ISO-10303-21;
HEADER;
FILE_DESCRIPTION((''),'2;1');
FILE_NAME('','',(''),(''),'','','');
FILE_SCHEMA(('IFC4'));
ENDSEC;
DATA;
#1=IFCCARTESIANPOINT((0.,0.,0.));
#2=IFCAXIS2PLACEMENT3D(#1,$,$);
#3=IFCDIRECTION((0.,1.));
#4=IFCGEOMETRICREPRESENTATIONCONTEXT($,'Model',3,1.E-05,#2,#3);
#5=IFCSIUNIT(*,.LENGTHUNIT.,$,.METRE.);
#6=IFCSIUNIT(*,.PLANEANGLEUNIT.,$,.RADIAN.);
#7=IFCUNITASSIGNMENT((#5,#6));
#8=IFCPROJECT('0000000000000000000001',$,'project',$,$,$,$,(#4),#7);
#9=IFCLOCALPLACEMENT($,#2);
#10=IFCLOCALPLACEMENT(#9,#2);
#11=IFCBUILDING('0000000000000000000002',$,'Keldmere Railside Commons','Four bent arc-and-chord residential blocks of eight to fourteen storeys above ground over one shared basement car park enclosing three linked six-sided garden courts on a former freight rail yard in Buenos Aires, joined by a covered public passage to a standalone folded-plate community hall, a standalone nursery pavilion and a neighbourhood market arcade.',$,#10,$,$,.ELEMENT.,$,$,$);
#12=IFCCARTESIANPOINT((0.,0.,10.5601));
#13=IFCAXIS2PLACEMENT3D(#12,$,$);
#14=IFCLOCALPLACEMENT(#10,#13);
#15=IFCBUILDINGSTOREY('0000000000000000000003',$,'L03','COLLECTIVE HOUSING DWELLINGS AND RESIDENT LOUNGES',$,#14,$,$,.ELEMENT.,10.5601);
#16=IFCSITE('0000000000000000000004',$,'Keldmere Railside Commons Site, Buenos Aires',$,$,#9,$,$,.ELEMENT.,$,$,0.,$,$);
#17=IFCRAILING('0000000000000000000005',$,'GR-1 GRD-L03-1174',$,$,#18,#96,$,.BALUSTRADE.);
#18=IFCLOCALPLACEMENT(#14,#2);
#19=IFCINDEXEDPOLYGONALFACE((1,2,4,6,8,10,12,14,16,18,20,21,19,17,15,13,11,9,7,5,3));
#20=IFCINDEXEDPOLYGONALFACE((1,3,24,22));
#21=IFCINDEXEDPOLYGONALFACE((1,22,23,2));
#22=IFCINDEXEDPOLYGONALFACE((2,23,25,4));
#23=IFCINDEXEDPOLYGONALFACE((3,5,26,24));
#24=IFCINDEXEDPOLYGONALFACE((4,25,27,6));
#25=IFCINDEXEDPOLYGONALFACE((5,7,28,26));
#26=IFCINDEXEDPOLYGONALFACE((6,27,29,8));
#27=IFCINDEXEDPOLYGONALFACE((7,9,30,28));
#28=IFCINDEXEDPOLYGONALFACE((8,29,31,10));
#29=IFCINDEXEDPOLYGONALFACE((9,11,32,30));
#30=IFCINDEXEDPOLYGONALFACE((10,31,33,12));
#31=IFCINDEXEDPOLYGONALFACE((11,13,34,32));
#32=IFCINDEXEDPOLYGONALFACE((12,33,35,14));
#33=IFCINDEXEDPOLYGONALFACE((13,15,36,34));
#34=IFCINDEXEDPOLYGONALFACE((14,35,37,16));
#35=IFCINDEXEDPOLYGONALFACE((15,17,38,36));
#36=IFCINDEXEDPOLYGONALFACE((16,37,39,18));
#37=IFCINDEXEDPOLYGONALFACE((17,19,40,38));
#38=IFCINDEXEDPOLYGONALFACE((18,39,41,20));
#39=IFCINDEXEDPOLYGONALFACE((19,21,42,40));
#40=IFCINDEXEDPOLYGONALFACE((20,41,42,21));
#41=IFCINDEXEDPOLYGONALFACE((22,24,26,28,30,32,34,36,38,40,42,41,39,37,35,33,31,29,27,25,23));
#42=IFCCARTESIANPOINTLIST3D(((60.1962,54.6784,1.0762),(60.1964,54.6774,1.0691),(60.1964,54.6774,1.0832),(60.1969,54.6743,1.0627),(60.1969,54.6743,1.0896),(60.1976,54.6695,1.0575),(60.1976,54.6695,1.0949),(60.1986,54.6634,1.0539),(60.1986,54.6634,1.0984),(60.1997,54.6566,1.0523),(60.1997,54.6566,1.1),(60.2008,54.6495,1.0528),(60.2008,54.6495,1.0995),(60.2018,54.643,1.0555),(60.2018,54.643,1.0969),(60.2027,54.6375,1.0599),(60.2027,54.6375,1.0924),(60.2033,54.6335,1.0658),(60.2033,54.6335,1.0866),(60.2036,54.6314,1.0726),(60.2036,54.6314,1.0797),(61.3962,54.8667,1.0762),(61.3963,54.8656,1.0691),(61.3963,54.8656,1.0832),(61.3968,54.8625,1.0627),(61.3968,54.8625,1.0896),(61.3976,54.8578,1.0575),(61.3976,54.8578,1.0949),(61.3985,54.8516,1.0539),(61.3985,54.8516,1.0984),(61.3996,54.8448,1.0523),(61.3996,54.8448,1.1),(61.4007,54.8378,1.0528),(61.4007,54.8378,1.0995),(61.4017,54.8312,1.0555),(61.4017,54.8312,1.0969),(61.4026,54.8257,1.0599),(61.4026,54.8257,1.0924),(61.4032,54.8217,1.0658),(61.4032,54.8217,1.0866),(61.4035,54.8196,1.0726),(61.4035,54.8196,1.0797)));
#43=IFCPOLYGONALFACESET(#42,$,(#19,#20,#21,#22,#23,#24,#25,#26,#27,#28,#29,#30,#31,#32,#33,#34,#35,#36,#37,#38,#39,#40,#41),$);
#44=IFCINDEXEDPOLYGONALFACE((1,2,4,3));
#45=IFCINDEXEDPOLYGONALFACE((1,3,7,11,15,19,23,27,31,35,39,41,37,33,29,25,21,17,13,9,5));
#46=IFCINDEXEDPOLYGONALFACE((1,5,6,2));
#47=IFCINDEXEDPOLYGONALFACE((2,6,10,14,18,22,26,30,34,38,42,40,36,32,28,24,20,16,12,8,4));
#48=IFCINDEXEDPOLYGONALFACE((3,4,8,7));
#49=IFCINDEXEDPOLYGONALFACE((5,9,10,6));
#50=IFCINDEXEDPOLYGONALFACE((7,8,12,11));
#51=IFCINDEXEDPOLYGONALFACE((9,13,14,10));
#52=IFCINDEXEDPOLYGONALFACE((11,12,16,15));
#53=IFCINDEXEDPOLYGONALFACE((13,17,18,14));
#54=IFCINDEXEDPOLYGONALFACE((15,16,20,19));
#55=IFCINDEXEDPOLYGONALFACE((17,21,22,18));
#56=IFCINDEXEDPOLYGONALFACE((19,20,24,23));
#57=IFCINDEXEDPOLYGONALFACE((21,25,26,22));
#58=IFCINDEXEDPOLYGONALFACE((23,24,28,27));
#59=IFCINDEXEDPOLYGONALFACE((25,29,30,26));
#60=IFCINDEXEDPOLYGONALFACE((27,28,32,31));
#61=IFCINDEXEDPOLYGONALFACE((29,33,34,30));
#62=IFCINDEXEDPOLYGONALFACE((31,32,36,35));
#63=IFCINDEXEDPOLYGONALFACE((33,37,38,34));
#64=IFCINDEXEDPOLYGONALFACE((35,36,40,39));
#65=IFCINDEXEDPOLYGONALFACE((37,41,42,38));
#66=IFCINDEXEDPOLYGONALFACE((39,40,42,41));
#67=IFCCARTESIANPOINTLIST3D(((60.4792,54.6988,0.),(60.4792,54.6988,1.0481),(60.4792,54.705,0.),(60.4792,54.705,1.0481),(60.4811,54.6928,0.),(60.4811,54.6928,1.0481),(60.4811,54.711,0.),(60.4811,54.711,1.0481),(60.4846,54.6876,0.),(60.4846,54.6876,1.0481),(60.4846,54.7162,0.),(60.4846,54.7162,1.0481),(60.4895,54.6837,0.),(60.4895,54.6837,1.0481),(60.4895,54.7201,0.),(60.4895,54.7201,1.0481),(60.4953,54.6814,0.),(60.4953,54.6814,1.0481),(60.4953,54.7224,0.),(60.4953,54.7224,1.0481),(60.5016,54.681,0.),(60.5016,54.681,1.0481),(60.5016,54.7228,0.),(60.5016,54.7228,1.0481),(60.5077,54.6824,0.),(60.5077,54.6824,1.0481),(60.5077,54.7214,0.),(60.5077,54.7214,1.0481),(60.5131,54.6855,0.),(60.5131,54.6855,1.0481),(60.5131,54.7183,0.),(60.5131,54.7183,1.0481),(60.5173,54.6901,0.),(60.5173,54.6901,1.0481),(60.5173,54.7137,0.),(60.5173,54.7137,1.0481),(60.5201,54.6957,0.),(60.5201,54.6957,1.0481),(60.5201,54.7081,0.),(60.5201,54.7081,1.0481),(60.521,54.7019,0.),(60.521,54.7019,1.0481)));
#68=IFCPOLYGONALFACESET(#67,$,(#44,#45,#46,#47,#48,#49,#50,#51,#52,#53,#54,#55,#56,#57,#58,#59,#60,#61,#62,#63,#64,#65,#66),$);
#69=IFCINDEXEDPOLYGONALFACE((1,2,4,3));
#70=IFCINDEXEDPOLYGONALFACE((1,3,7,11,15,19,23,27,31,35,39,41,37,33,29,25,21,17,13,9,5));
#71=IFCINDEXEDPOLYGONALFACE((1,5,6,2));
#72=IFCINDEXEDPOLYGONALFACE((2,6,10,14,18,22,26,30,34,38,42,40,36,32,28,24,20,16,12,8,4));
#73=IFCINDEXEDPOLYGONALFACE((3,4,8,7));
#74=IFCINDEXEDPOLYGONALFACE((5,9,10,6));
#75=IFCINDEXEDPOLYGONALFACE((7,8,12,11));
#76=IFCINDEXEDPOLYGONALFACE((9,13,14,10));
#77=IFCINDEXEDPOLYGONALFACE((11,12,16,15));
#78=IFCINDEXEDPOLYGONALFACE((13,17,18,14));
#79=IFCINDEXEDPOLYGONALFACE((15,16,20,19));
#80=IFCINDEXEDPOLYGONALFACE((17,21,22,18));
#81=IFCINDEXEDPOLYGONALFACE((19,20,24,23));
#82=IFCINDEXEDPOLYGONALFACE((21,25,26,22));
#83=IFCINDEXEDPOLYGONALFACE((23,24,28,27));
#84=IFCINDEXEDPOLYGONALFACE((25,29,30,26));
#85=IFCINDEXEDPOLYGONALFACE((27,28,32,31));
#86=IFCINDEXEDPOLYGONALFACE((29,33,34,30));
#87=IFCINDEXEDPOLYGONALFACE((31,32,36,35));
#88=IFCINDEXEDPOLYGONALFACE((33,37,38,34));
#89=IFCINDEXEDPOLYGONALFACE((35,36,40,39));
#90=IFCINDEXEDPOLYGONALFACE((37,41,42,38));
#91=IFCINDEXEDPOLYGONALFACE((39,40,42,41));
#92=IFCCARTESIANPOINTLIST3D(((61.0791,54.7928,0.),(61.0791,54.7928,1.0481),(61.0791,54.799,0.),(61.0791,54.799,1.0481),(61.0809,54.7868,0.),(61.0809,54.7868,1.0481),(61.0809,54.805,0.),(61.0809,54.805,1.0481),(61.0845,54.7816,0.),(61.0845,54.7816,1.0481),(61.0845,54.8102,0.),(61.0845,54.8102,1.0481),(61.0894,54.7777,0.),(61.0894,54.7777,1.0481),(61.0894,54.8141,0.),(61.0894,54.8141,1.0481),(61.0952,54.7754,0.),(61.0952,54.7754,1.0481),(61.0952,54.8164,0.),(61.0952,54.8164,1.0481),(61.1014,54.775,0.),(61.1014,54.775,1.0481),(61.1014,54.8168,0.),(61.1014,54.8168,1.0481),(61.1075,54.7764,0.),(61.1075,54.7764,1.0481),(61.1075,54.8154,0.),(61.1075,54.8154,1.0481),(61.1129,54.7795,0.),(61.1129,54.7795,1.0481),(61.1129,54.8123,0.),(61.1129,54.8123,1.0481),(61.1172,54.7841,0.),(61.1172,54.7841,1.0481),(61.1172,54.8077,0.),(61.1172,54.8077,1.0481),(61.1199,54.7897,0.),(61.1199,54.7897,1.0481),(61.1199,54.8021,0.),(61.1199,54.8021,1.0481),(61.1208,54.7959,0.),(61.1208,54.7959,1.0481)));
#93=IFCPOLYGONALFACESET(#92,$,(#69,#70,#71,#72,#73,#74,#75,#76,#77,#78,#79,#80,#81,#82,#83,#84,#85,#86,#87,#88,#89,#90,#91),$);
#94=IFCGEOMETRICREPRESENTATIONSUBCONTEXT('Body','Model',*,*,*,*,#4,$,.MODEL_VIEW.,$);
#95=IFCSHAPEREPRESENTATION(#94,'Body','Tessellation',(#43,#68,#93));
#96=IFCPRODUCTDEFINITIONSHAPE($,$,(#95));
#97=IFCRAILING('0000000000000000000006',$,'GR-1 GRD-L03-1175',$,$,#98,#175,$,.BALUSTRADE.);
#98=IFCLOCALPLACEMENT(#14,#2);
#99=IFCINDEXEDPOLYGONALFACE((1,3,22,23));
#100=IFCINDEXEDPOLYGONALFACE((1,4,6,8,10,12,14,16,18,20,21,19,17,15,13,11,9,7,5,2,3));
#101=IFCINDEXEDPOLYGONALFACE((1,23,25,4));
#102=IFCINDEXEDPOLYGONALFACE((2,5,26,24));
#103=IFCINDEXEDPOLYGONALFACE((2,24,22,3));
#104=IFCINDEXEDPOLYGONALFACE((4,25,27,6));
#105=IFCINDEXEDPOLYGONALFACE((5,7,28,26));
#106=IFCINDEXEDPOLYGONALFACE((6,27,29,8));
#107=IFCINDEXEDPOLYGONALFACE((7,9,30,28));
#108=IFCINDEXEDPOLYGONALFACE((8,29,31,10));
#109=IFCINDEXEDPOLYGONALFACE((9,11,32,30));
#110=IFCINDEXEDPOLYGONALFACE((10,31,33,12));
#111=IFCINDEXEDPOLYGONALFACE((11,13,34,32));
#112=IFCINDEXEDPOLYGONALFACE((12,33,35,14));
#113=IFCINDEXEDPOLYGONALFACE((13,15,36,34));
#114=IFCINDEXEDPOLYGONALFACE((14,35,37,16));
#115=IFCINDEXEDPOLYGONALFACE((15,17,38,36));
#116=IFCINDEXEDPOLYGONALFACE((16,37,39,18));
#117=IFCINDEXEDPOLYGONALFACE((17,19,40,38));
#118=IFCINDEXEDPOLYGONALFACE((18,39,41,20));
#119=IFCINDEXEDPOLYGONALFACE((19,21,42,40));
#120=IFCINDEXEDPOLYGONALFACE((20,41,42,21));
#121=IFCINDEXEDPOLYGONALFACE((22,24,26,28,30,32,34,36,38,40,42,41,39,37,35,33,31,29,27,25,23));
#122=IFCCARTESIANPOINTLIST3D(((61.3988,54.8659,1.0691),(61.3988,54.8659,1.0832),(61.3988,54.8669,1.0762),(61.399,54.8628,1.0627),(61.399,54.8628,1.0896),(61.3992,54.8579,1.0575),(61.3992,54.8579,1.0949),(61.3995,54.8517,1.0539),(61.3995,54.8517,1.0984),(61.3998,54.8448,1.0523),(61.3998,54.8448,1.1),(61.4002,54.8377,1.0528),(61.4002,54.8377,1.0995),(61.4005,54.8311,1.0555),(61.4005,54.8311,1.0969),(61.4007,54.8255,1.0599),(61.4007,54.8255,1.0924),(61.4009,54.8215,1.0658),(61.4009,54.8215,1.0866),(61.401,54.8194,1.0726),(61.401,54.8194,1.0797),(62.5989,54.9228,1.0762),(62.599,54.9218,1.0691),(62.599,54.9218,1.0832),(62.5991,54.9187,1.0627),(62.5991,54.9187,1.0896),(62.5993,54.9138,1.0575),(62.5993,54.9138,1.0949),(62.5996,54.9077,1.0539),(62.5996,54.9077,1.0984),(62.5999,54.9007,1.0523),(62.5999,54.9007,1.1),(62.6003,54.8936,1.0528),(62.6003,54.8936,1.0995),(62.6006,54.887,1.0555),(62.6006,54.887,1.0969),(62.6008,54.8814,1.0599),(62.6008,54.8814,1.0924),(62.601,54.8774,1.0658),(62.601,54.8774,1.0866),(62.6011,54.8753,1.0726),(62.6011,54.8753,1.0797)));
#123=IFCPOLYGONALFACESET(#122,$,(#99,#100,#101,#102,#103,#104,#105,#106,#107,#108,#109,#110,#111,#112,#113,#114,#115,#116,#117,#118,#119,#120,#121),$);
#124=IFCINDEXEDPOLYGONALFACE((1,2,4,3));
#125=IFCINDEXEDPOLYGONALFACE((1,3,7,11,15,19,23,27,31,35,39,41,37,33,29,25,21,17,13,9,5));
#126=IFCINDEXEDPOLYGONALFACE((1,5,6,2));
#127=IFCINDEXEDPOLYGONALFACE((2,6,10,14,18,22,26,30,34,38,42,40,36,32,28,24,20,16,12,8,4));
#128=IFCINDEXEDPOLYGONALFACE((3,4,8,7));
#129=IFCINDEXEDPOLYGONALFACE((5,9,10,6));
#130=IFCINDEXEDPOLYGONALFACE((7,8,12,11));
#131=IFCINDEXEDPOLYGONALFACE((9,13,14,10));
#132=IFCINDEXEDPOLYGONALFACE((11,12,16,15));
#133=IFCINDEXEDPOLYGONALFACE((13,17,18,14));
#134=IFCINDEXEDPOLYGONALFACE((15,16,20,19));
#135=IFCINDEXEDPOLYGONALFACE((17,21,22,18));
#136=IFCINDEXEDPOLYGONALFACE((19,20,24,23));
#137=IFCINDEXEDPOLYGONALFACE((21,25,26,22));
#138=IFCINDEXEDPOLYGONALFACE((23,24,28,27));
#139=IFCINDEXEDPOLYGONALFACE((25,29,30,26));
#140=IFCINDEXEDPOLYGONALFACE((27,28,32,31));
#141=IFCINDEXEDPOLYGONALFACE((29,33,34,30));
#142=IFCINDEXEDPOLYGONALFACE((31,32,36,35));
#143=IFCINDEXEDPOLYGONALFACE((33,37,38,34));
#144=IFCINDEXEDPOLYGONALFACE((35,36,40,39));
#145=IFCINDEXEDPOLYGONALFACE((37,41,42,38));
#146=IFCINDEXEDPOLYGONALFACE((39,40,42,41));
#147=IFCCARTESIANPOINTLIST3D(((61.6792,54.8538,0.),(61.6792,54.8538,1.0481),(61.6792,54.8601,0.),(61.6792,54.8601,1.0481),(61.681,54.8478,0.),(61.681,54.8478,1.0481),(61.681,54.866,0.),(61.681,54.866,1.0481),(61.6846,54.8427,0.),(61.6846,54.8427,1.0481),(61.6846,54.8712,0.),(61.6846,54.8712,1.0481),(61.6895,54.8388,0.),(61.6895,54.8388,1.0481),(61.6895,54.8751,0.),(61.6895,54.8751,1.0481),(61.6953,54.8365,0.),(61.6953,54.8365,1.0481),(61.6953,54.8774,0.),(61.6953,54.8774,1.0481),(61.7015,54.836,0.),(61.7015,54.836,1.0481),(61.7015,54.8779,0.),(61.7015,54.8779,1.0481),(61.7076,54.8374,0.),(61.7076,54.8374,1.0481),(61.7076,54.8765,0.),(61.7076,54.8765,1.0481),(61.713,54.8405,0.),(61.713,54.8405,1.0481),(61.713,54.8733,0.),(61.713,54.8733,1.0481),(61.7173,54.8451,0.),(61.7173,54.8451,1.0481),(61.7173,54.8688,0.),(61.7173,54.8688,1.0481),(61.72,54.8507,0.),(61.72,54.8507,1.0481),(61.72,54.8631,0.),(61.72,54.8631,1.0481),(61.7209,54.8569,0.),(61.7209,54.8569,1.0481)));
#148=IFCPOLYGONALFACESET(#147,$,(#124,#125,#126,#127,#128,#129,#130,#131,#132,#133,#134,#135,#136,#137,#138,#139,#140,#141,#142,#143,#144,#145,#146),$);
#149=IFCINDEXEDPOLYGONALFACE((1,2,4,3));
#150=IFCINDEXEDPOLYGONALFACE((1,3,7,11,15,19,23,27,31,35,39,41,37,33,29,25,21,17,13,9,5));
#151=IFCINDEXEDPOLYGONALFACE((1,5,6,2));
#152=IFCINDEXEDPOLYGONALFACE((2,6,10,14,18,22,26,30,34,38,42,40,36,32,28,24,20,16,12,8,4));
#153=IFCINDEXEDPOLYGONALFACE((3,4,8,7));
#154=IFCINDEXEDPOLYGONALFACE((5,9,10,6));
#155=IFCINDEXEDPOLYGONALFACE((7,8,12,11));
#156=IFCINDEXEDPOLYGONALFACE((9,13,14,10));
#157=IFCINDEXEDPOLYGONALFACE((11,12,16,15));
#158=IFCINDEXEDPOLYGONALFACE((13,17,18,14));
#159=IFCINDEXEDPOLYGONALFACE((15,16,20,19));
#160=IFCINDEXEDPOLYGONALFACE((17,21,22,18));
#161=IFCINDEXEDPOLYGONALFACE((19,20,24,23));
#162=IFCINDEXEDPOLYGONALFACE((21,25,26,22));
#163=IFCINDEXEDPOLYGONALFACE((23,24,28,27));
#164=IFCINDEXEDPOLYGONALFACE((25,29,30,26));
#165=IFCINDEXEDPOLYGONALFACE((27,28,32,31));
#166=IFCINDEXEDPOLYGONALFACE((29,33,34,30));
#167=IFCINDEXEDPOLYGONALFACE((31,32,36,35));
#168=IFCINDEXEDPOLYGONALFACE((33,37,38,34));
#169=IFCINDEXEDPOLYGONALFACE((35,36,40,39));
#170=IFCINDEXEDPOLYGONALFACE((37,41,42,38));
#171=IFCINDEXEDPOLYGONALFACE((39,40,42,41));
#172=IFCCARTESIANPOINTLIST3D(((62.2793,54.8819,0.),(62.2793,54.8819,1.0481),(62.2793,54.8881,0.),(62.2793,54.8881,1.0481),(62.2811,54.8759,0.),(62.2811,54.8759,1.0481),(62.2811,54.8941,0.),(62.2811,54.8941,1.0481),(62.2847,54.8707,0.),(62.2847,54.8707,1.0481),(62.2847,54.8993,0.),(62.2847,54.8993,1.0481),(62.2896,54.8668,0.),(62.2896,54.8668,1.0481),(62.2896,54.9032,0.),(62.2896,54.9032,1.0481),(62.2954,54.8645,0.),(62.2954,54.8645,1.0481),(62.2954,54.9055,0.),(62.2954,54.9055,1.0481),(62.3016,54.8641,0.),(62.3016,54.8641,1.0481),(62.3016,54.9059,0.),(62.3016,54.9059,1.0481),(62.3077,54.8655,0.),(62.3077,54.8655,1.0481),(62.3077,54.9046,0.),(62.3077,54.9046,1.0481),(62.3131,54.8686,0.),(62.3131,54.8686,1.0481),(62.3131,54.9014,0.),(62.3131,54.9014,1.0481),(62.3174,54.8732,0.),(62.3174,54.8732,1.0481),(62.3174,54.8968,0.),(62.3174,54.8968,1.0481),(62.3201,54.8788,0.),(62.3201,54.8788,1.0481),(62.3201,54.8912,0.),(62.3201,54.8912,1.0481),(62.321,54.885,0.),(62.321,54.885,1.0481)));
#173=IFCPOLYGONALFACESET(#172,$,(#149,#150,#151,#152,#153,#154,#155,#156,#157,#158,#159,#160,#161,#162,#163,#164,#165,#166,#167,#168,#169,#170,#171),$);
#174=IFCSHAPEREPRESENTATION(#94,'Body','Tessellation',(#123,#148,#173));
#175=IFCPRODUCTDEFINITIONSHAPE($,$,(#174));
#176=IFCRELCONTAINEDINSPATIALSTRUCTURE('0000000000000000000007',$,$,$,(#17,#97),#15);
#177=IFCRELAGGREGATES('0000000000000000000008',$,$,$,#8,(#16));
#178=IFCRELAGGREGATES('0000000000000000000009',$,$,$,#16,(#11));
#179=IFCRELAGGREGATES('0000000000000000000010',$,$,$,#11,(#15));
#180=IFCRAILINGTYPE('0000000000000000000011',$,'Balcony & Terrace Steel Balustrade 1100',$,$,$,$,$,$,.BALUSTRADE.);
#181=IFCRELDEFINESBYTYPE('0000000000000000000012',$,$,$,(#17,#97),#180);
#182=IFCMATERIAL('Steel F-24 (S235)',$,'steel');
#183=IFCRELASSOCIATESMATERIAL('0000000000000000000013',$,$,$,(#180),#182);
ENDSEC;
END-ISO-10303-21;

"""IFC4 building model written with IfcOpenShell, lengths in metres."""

from ifc_helpers import new_model, si_unit, direction, frame, origin, origin_2d, place, context, subcontext, project, spatial, circle, extrude, material, type_object, element, save


model = new_model("IFC4")

# Units and contexts
model_context = context("Model", 3, precision=1e-05, world=origin(), true_north=direction((0.0, 1.0)))
body_context = subcontext(model_context, "Body", "Model", "MODEL_VIEW")
ifc_project = project(units=[si_unit("LENGTHUNIT", "METRE"), si_unit("PLANEANGLEUNIT", "RADIAN")], contexts=[model_context])

# Site, building, storey
site_placement = place(None, origin())
site = spatial("IfcSite", under=ifc_project, at=site_placement, Name="Keldmere Railside Commons Site, Buenos Aires", CompositionType="ELEMENT", RefElevation=0.0)
building_placement = place(site_placement, origin())
building = spatial("IfcBuilding", under=site, at=building_placement, Name="Keldmere Railside Commons", Description="Four bent arc-and-chord residential blocks of eight to fourteen storeys above ground over one shared basement car park enclosing three linked six-sided garden courts on a former freight rail yard in Buenos Aires, joined by a covered public passage to a standalone folded-plate community hall, a standalone nursery pavilion and a neighbourhood market arcade.", CompositionType="ELEMENT")
storey_placement = place(building_placement, frame((0.0, 0.0, 10.5601)))
storey = spatial("IfcBuildingStorey", under=building, at=storey_placement, Name="L03", Description="COLLECTIVE HOUSING DWELLINGS AND RESIDENT LOUNGES", CompositionType="ELEMENT", Elevation=10.5601)

# Railings
ifc_material_1 = material(Name="Steel F-24 (S235)", Category="steel")
railing_type = type_object("IfcRailingType", Name="Balcony & Terrace Steel Balustrade 1100", PredefinedType="BALUSTRADE", material=ifc_material_1)
railing_1_placement = place(storey_placement, frame((60.2, 54.6548, 0.0)))
element("IfcRailing", 1, at=railing_1_placement, inside=storey, type_object=railing_type, Name="GR-1 GRD-L03-1174", PredefinedType="BALUSTRADE", context=body_context, shape_type="SweptSolid", body=[
    extrude(circle(Radius=0.0239, at=origin_2d()), frame((0.0, 0.0, 1.0762), z_axis=(0.987919, 0.154972, 0.0), x_axis=(-0.154972, 0.987919, 0.0)), (0.0, 0.0, 1.0), 1.2146),
    extrude(circle(Radius=0.021, at=origin_2d()), frame((0.3, 0.0471, 0.0)), (0.0, 0.0, 1.0), 1.0481),
    extrude(circle(Radius=0.021, at=origin_2d()), frame((0.8999, 0.1411, 0.0)), (0.0, 0.0, 1.0), 1.0481),
])
railing_2_placement = place(storey_placement, frame((61.3999, 54.843, 0.0)))
element("IfcRailing", 2, at=railing_2_placement, inside=storey, type_object=railing_type, Name="GR-1 GRD-L03-1175", PredefinedType="BALUSTRADE", context=body_context, shape_type="SweptSolid", body=[
    extrude(circle(Radius=0.0239, at=origin_2d()), frame((0.0, 0.0, 1.0762), z_axis=(0.998917, 0.046532, 0.0), x_axis=(-0.046532, 0.998917, 0.0)), (0.0, 0.0, 1.0), 1.2014),
    extrude(circle(Radius=0.021, at=origin_2d()), frame((0.3, 0.0139, 0.0)), (0.0, 0.0, 1.0), 1.0481),
    extrude(circle(Radius=0.021, at=origin_2d()), frame((0.9001, 0.042, 0.0)), (0.0, 0.0, 1.0), 1.0481),
])

save(model, "model.ifc")
